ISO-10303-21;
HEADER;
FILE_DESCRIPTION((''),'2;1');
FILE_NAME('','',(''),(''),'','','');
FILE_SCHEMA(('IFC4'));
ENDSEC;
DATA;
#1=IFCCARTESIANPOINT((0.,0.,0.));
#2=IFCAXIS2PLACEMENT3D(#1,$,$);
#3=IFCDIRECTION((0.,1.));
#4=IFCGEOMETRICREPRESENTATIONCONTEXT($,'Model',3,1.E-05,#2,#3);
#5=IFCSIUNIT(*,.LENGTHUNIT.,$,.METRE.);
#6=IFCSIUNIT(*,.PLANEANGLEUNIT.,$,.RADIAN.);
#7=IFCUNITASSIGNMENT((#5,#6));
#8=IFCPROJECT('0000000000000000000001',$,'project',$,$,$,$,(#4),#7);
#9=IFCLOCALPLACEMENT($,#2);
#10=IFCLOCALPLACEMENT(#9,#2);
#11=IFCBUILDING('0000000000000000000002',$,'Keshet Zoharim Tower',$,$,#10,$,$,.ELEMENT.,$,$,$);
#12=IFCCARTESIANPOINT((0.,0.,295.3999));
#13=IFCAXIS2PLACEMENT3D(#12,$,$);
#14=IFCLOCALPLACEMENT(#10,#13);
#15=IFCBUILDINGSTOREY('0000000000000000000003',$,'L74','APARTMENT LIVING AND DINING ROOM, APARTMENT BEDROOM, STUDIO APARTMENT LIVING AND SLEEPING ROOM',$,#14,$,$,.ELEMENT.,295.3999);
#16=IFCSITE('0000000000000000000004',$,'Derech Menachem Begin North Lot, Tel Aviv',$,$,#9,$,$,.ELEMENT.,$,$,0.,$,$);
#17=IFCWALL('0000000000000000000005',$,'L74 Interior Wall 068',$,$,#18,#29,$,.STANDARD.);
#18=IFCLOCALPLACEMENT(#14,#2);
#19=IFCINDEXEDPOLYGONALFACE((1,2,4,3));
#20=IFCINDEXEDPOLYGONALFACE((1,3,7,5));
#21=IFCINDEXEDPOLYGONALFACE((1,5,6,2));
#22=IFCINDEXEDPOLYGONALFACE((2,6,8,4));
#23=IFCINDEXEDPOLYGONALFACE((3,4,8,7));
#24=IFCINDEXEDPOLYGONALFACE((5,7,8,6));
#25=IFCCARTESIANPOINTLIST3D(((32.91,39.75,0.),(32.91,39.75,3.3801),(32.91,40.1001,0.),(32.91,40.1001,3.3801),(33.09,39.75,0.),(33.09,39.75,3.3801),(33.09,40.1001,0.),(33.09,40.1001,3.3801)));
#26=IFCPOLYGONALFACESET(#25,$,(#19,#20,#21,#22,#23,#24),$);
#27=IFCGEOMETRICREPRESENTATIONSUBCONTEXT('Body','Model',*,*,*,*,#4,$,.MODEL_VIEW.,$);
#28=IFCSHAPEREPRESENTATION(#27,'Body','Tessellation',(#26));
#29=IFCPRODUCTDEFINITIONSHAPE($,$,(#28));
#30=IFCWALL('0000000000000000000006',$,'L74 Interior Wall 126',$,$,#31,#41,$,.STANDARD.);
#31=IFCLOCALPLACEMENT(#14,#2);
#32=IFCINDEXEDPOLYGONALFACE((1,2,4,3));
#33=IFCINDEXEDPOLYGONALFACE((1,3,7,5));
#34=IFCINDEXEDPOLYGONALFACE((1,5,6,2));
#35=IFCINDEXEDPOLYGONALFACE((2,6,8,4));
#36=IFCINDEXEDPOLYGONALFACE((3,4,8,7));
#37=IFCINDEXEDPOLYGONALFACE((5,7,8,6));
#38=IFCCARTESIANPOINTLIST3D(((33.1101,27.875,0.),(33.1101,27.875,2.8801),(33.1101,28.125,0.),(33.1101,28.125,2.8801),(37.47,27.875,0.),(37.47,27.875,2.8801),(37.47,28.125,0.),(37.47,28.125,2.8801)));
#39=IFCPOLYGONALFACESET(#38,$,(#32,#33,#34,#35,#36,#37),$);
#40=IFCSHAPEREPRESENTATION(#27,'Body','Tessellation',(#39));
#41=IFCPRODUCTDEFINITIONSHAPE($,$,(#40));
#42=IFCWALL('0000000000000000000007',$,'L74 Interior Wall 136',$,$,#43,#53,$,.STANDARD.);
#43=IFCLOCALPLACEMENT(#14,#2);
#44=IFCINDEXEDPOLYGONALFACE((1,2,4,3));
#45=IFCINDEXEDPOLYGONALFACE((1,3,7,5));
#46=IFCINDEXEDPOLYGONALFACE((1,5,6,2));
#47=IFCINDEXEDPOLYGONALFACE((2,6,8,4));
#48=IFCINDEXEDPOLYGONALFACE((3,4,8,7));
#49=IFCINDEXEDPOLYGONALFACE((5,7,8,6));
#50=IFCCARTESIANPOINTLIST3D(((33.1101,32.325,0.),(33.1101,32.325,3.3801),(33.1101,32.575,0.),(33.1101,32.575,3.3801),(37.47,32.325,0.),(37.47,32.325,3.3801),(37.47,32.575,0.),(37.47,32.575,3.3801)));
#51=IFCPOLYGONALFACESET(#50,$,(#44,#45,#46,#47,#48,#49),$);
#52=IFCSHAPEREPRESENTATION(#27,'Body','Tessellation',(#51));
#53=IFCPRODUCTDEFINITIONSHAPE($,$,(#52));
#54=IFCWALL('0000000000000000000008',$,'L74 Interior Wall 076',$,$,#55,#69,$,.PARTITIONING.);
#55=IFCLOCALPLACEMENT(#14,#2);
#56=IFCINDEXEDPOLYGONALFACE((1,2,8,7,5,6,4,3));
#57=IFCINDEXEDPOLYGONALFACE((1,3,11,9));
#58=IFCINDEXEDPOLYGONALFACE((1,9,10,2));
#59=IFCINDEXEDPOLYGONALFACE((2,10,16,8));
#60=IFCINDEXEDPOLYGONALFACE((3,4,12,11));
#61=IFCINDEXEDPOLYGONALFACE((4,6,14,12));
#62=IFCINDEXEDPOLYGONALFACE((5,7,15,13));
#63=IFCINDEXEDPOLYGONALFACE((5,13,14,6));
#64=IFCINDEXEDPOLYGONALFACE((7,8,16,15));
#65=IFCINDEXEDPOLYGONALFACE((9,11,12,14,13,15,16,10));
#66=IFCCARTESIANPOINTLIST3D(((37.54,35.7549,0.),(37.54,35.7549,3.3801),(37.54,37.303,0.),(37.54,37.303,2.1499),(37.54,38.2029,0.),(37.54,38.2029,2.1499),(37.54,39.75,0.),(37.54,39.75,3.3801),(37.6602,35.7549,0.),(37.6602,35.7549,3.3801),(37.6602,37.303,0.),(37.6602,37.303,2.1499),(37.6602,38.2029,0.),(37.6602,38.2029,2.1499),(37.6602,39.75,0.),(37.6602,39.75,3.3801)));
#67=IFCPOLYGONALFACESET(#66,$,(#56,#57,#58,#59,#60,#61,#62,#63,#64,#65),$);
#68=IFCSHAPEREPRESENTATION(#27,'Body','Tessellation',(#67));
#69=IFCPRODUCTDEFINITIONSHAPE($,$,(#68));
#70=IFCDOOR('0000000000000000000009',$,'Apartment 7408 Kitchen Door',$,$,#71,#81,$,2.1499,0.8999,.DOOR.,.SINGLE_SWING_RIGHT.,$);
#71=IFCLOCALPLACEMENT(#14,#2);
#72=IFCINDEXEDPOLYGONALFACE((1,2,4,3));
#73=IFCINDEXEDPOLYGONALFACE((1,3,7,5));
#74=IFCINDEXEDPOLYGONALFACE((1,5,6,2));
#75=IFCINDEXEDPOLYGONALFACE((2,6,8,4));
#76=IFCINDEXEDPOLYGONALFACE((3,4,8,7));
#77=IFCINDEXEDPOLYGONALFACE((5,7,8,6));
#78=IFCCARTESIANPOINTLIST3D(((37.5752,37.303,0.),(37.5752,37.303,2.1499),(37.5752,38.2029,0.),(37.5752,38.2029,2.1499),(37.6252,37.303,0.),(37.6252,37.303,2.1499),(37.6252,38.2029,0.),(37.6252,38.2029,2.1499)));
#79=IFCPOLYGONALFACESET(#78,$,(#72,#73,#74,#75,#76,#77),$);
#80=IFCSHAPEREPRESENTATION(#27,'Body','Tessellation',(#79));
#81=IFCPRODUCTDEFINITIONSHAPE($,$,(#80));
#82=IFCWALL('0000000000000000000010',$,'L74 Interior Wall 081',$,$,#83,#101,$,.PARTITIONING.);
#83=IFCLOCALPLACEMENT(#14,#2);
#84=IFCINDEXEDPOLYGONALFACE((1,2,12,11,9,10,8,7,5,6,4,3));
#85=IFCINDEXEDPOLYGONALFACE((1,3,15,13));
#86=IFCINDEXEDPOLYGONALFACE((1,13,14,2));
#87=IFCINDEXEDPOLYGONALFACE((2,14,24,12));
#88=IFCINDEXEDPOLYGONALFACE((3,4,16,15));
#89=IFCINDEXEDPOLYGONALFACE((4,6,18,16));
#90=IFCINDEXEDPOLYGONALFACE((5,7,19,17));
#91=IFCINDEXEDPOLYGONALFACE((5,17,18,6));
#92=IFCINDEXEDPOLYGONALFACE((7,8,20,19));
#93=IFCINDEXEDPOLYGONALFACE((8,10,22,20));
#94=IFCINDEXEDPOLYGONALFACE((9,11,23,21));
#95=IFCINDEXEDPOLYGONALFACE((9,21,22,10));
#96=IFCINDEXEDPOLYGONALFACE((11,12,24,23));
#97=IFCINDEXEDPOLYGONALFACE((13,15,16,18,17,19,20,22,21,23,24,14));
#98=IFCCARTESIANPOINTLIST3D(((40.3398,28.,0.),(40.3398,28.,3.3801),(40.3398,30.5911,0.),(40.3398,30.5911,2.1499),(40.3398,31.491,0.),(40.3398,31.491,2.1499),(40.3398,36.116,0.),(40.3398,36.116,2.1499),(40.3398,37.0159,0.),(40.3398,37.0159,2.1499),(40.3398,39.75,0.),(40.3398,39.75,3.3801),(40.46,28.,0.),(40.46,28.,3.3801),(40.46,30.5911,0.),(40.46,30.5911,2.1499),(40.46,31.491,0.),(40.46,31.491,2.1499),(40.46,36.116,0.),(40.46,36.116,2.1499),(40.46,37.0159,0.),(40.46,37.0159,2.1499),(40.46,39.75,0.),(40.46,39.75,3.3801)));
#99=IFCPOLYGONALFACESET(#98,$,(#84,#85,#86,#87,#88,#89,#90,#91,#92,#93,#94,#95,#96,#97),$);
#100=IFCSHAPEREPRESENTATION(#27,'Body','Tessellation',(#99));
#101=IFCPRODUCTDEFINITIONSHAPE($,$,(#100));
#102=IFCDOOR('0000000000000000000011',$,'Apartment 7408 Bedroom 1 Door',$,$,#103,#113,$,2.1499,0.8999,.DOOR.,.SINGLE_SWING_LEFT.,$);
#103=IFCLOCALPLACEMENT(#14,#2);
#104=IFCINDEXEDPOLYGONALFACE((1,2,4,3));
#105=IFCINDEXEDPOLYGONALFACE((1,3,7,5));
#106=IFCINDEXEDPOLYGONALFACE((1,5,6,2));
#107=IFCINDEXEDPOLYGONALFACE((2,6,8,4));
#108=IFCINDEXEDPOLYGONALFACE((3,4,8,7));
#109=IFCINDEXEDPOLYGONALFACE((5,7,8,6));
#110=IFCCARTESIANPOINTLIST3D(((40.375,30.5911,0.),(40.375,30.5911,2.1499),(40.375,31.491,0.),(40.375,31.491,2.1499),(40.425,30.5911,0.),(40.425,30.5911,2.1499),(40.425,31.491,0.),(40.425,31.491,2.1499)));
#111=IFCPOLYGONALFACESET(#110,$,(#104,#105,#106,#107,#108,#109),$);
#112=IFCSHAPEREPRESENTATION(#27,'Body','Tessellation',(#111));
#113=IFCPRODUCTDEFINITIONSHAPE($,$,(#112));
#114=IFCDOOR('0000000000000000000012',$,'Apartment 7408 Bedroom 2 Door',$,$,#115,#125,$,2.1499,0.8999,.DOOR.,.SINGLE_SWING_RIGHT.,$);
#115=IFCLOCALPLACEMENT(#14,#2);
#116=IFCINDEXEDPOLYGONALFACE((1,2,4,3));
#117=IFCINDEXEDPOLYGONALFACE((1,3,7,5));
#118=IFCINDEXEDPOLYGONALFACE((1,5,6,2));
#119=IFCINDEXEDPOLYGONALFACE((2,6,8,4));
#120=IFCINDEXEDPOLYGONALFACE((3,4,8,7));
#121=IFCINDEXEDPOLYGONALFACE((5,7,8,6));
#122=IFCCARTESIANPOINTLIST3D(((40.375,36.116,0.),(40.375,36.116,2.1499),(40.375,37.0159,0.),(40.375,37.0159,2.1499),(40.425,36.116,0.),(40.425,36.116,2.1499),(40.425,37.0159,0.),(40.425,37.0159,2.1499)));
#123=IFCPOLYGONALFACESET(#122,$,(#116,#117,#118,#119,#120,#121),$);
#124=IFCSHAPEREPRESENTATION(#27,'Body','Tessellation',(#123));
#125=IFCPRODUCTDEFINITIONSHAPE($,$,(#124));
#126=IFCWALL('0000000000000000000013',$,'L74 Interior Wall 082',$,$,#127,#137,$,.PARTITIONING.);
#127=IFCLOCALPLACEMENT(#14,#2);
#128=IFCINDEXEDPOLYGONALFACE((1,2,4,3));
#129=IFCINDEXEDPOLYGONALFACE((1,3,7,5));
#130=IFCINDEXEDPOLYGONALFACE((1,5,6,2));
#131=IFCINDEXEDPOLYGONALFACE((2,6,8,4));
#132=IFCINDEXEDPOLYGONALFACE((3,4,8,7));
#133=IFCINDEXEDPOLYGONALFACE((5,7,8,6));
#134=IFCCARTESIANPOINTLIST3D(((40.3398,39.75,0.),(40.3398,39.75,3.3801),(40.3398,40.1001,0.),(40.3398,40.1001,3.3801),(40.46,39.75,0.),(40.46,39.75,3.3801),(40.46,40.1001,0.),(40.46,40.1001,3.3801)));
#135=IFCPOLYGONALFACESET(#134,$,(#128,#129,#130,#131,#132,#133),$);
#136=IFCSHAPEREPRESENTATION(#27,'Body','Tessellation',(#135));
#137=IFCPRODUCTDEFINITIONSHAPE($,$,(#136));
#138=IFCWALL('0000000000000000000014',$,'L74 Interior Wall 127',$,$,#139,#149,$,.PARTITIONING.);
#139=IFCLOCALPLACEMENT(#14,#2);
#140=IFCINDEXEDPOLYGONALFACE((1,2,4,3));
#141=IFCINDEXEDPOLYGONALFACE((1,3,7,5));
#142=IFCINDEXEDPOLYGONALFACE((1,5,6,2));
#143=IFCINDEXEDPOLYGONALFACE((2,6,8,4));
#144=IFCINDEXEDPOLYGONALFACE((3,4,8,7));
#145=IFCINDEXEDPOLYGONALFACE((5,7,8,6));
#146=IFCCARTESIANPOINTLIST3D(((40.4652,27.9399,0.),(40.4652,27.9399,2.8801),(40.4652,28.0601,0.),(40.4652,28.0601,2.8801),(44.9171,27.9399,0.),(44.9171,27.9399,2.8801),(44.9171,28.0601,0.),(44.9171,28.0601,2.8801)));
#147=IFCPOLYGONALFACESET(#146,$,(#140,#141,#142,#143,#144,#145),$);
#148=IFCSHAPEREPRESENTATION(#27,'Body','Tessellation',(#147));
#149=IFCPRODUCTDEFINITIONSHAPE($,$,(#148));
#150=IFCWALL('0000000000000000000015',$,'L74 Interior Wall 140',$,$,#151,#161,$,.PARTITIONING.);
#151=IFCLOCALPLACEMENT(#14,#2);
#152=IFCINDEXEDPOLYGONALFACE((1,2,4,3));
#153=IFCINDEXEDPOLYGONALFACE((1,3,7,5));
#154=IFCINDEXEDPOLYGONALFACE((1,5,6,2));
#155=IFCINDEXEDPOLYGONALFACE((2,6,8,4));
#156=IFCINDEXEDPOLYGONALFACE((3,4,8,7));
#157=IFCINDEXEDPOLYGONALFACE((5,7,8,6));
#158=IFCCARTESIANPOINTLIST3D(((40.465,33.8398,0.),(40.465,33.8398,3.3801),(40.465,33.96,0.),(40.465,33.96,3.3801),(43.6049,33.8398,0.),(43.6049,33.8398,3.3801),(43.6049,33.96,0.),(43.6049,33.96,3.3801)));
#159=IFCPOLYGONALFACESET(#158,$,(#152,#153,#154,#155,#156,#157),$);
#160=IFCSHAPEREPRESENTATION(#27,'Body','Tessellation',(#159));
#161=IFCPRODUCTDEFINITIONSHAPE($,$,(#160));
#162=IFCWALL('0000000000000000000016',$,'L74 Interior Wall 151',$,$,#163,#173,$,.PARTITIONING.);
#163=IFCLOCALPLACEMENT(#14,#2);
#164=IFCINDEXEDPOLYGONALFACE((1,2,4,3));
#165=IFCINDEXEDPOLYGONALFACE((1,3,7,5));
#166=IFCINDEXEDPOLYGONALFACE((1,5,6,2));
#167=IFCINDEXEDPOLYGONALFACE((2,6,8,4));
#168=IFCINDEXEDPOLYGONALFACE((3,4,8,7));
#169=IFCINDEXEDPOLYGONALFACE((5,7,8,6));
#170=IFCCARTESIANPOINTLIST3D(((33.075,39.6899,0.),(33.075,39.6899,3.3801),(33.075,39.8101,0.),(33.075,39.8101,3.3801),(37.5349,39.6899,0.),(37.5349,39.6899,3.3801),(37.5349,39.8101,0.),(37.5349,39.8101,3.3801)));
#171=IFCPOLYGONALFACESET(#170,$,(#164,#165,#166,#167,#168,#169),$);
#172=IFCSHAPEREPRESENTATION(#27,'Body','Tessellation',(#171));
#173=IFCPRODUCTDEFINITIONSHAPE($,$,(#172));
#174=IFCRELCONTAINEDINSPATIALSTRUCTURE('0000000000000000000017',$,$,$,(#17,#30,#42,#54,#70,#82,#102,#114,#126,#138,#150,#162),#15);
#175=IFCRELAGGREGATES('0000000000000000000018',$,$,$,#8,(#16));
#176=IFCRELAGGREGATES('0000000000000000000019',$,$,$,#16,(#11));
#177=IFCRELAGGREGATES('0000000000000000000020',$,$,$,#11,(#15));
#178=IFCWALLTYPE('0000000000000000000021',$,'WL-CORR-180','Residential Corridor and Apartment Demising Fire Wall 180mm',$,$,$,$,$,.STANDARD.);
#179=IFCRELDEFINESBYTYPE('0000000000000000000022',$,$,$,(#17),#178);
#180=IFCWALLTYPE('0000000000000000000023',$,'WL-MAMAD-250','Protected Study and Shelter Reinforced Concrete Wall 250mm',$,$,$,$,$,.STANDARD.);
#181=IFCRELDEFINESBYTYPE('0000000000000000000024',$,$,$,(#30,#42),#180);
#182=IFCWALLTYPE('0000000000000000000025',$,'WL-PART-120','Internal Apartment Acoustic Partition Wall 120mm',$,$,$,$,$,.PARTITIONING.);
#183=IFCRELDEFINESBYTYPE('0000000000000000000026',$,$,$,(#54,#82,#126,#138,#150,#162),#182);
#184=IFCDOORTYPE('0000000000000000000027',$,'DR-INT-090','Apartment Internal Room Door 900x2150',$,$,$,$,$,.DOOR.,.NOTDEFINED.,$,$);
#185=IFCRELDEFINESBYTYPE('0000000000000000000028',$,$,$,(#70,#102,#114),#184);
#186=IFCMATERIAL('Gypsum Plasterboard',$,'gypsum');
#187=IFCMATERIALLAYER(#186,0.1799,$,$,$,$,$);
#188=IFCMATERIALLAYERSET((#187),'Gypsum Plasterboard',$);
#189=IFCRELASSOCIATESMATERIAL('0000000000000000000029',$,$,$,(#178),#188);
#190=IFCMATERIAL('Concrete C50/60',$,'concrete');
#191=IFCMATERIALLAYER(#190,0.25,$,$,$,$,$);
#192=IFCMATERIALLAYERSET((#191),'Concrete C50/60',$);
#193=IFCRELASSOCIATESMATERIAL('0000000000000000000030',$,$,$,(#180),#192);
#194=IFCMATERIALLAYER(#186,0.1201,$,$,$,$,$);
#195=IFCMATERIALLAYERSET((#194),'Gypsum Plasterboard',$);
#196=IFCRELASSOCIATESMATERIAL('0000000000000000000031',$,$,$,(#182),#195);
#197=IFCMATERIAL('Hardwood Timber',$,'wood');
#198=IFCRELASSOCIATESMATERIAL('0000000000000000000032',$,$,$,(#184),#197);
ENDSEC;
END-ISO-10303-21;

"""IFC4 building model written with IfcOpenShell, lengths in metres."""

from ifc_helpers import new_model, si_unit, direction, frame, frame_2d, origin, place, context, subcontext, project, spatial, rectangle, extrude, material, layer, layer_set, type_object, element, fill, save


model = new_model("IFC4")

# Units and contexts
model_context = context("Model", 3, precision=1e-05, world=origin(), true_north=direction((0.0, 1.0)))
body_context = subcontext(model_context, "Body", "Model", "MODEL_VIEW")
ifc_project = project(units=[si_unit("LENGTHUNIT", "METRE"), si_unit("PLANEANGLEUNIT", "RADIAN")], contexts=[model_context])

# Site, building, storey
site_placement = place(None, origin())
site = spatial("IfcSite", under=ifc_project, at=site_placement, Name="Derech Menachem Begin North Lot, Tel Aviv", CompositionType="ELEMENT", RefElevation=0.0)
building_placement = place(site_placement, origin())
building = spatial("IfcBuilding", under=site, at=building_placement, Name="Keshet Zoharim Tower", CompositionType="ELEMENT")
storey_placement = place(building_placement, frame((0.0, 0.0, 295.3999)))
storey = spatial("IfcBuildingStorey", under=building, at=storey_placement, Name="L74", Description="APARTMENT LIVING AND DINING ROOM, APARTMENT BEDROOM, STUDIO APARTMENT LIVING AND SLEEPING ROOM", CompositionType="ELEMENT", Elevation=295.3999)

# Wall
ifc_material_1 = material(Name="Gypsum Plasterboard", Category="gypsum")
ifc_layer_1 = layer(ifc_material_1, 0.1799)
ifc_layer_set_1 = layer_set([ifc_layer_1], Name="Gypsum Plasterboard")
wall_type_1 = type_object("IfcWallType", Name="WL-CORR-180", Description="Residential Corridor and Apartment Demising Fire Wall 180mm", PredefinedType="STANDARD", material=ifc_layer_set_1)
wall_1_placement = place(storey_placement, frame((33.0, 39.75, 0.0), z_axis=(0.0, 0.0, 1.0), x_axis=(0.0, 1.0, 0.0)))
element("IfcWall", 1, at=wall_1_placement, inside=storey, type_object=wall_type_1, Name="L74 Interior Wall 068", PredefinedType="STANDARD", context=body_context, shape_type="SweptSolid", body=[
    extrude(rectangle(XDim=0.3501, YDim=0.1799, at=frame_2d((0.175, 0.0))), origin(), (0.0, 0.0, 1.0), 3.3801),
])

# Shared definitions
ifc_material_2 = material(Name="Concrete C50/60", Category="concrete")
ifc_layer_2 = layer(ifc_material_2, 0.25)
ifc_layer_set_2 = layer_set([ifc_layer_2], Name="Concrete C50/60")
wall_type_2 = type_object("IfcWallType", Name="WL-MAMAD-250", Description="Protected Study and Shelter Reinforced Concrete Wall 250mm", PredefinedType="STANDARD", material=ifc_layer_set_2)
ifc_material_3 = material(Name="Hardwood Timber", Category="wood")

# Walls
wall_2_placement = place(storey_placement, frame((33.1101, 28.0, 0.0), z_axis=(0.0, 0.0, 1.0), x_axis=(1.0, 0.0, 0.0)))
element("IfcWall", 2, at=wall_2_placement, inside=storey, type_object=wall_type_2, Name="L74 Interior Wall 126", PredefinedType="STANDARD", context=body_context, shape_type="SweptSolid", body=[
    extrude(rectangle(XDim=4.3599, YDim=0.25, at=frame_2d((2.1799, 0.0))), origin(), (0.0, 0.0, 1.0), 2.8801),
])
wall_3_placement = place(storey_placement, frame((33.1101, 32.45, 0.0), z_axis=(0.0, 0.0, 1.0), x_axis=(1.0, 0.0, 0.0)))
element("IfcWall", 3, at=wall_3_placement, inside=storey, type_object=wall_type_2, Name="L74 Interior Wall 136", PredefinedType="STANDARD", context=body_context, shape_type="SweptSolid", body=[
    extrude(rectangle(XDim=4.3599, YDim=0.25, at=frame_2d((2.1799, 0.0))), origin(), (0.0, 0.0, 1.0), 3.3801),
])

# Wall, opening, door
ifc_layer_3 = layer(ifc_material_1, 0.1201)
ifc_layer_set_3 = layer_set([ifc_layer_3], Name="Gypsum Plasterboard")
wall_type_3 = type_object("IfcWallType", Name="WL-PART-120", Description="Internal Apartment Acoustic Partition Wall 120mm", PredefinedType="PARTITIONING", material=ifc_layer_set_3)
wall_4_placement = place(storey_placement, frame((37.6001, 35.7549, 0.0), z_axis=(0.0, 0.0, 1.0), x_axis=(0.0, 1.0, 0.0)))
wall_4 = element("IfcWall", 4, at=wall_4_placement, inside=storey, type_object=wall_type_3, Name="L74 Interior Wall 076", PredefinedType="PARTITIONING", context=body_context, shape_type="SweptSolid", body=[
    extrude(rectangle(XDim=3.9951, YDim=0.1201, at=frame_2d((1.9976, 0.0))), origin(), (0.0, 0.0, 1.0), 3.3801),
])
opening_1_placement = place(wall_4_placement, frame((1.5481, 0.0, 0.0)))
opening_1 = element("IfcOpeningElement", 5, at=opening_1_placement, cuts=wall_4, PredefinedType="OPENING", context=body_context, shape_type="SweptSolid", body=[
    extrude(rectangle(XDim=0.8999, YDim=2.1499, at=frame_2d((0.45, 1.075))), frame((0.0, 0.0701, 0.0), z_axis=(0.0, -1.0, 0.0), x_axis=(1.0, 0.0, 0.0)), (0.0, 0.0, 1.0), 0.1401),
])
door_type_1 = type_object("IfcDoorType", Name="DR-INT-090", Description="Apartment Internal Room Door 900x2150", OperationType="NOTDEFINED", PredefinedType="DOOR", material=ifc_material_3)
door_1_placement = place(opening_1_placement, origin())
door_1 = element("IfcDoor", 6, at=door_1_placement, inside=storey, type_object=door_type_1, Name="Apartment 7408 Kitchen Door", OperationType="SINGLE_SWING_RIGHT", OverallHeight=2.1499, OverallWidth=0.8999, PredefinedType="DOOR", context=body_context, shape_type="SweptSolid", body=[
    extrude(rectangle(XDim=0.8999, YDim=2.1499, at=frame_2d((0.45, 1.075))), frame((0.0, 0.0249, 0.0), z_axis=(0.0, -1.0, 0.0), x_axis=(1.0, 0.0, 0.0)), (0.0, 0.0, 1.0), 0.05),
])
fill(opening_1, door_1)

# Wall, openings, doors
wall_5_placement = place(storey_placement, frame((40.3999, 28.0, 0.0), z_axis=(0.0, 0.0, 1.0), x_axis=(0.0, 1.0, 0.0)))
wall_5 = element("IfcWall", 7, at=wall_5_placement, inside=storey, type_object=wall_type_3, Name="L74 Interior Wall 081", PredefinedType="PARTITIONING", context=body_context, shape_type="SweptSolid", body=[
    extrude(rectangle(XDim=11.75, YDim=0.1201, at=frame_2d((5.875, 0.0))), origin(), (0.0, 0.0, 1.0), 3.3801),
])
opening_2_placement = place(wall_5_placement, frame((2.5911, 0.0, 0.0)))
opening_2 = element("IfcOpeningElement", 8, at=opening_2_placement, cuts=wall_5, PredefinedType="OPENING", context=body_context, shape_type="SweptSolid", body=[
    extrude(rectangle(XDim=0.8999, YDim=2.1499, at=frame_2d((0.45, 1.075))), frame((0.0, 0.0701, 0.0), z_axis=(0.0, -1.0, 0.0), x_axis=(1.0, 0.0, 0.0)), (0.0, 0.0, 1.0), 0.1401),
])
opening_3_placement = place(wall_5_placement, frame((8.116, 0.0, 0.0)))
opening_3 = element("IfcOpeningElement", 9, at=opening_3_placement, cuts=wall_5, PredefinedType="OPENING", context=body_context, shape_type="SweptSolid", body=[
    extrude(rectangle(XDim=0.8999, YDim=2.1499, at=frame_2d((0.45, 1.075))), frame((0.0, 0.0701, 0.0), z_axis=(0.0, -1.0, 0.0), x_axis=(1.0, 0.0, 0.0)), (0.0, 0.0, 1.0), 0.1401),
])
door_2_placement = place(opening_2_placement, origin())
door_2 = element("IfcDoor", 10, at=door_2_placement, inside=storey, type_object=door_type_1, Name="Apartment 7408 Bedroom 1 Door", OperationType="SINGLE_SWING_LEFT", OverallHeight=2.1499, OverallWidth=0.8999, PredefinedType="DOOR", context=body_context, shape_type="SweptSolid", body=[
    extrude(rectangle(XDim=0.8999, YDim=2.1499, at=frame_2d((0.45, 1.075))), frame((0.0, 0.0249, 0.0), z_axis=(0.0, -1.0, 0.0), x_axis=(1.0, 0.0, 0.0)), (0.0, 0.0, 1.0), 0.05),
])
fill(opening_2, door_2)
door_3_placement = place(opening_3_placement, origin())
door_3 = element("IfcDoor", 11, at=door_3_placement, inside=storey, type_object=door_type_1, Name="Apartment 7408 Bedroom 2 Door", OperationType="SINGLE_SWING_RIGHT", OverallHeight=2.1499, OverallWidth=0.8999, PredefinedType="DOOR", context=body_context, shape_type="SweptSolid", body=[
    extrude(rectangle(XDim=0.8999, YDim=2.1499, at=frame_2d((0.45, 1.075))), frame((0.0, 0.0249, 0.0), z_axis=(0.0, -1.0, 0.0), x_axis=(1.0, 0.0, 0.0)), (0.0, 0.0, 1.0), 0.05),
])
fill(opening_3, door_3)

# Walls
wall_6_placement = place(storey_placement, frame((40.3999, 39.75, 0.0), z_axis=(0.0, 0.0, 1.0), x_axis=(0.0, 1.0, 0.0)))
element("IfcWall", 12, at=wall_6_placement, inside=storey, type_object=wall_type_3, Name="L74 Interior Wall 082", PredefinedType="PARTITIONING", context=body_context, shape_type="SweptSolid", body=[
    extrude(rectangle(XDim=0.3501, YDim=0.1201, at=frame_2d((0.175, 0.0))), origin(), (0.0, 0.0, 1.0), 3.3801),
])
wall_7_placement = place(storey_placement, frame((40.4651, 28.0, 0.0), z_axis=(0.0, 0.0, 1.0), x_axis=(1.0, 0.0, 0.0)))
element("IfcWall", 13, at=wall_7_placement, inside=storey, type_object=wall_type_3, Name="L74 Interior Wall 127", PredefinedType="PARTITIONING", context=body_context, shape_type="SweptSolid", body=[
    extrude(rectangle(XDim=4.4519, YDim=0.1201, at=frame_2d((2.2261, 0.0))), origin(), (0.0, 0.0, 1.0), 2.8801),
])
wall_8_placement = place(storey_placement, frame((40.4651, 33.8999, 0.0), z_axis=(0.0, 0.0, 1.0), x_axis=(1.0, 0.0, 0.0)))
element("IfcWall", 14, at=wall_8_placement, inside=storey, type_object=wall_type_3, Name="L74 Interior Wall 140", PredefinedType="PARTITIONING", context=body_context, shape_type="SweptSolid", body=[
    extrude(rectangle(XDim=3.1399, YDim=0.1201, at=frame_2d((1.5698, 0.0))), origin(), (0.0, 0.0, 1.0), 3.3801),
])
wall_9_placement = place(storey_placement, frame((33.075, 39.75, 0.0), z_axis=(0.0, 0.0, 1.0), x_axis=(1.0, 0.0, 0.0)))
element("IfcWall", 15, at=wall_9_placement, inside=storey, type_object=wall_type_3, Name="L74 Interior Wall 151", PredefinedType="PARTITIONING", context=body_context, shape_type="SweptSolid", body=[
    extrude(rectangle(XDim=4.46, YDim=0.1201, at=frame_2d((2.23, 0.0))), origin(), (0.0, 0.0, 1.0), 3.3801),
])

save(model, "model.ifc")
